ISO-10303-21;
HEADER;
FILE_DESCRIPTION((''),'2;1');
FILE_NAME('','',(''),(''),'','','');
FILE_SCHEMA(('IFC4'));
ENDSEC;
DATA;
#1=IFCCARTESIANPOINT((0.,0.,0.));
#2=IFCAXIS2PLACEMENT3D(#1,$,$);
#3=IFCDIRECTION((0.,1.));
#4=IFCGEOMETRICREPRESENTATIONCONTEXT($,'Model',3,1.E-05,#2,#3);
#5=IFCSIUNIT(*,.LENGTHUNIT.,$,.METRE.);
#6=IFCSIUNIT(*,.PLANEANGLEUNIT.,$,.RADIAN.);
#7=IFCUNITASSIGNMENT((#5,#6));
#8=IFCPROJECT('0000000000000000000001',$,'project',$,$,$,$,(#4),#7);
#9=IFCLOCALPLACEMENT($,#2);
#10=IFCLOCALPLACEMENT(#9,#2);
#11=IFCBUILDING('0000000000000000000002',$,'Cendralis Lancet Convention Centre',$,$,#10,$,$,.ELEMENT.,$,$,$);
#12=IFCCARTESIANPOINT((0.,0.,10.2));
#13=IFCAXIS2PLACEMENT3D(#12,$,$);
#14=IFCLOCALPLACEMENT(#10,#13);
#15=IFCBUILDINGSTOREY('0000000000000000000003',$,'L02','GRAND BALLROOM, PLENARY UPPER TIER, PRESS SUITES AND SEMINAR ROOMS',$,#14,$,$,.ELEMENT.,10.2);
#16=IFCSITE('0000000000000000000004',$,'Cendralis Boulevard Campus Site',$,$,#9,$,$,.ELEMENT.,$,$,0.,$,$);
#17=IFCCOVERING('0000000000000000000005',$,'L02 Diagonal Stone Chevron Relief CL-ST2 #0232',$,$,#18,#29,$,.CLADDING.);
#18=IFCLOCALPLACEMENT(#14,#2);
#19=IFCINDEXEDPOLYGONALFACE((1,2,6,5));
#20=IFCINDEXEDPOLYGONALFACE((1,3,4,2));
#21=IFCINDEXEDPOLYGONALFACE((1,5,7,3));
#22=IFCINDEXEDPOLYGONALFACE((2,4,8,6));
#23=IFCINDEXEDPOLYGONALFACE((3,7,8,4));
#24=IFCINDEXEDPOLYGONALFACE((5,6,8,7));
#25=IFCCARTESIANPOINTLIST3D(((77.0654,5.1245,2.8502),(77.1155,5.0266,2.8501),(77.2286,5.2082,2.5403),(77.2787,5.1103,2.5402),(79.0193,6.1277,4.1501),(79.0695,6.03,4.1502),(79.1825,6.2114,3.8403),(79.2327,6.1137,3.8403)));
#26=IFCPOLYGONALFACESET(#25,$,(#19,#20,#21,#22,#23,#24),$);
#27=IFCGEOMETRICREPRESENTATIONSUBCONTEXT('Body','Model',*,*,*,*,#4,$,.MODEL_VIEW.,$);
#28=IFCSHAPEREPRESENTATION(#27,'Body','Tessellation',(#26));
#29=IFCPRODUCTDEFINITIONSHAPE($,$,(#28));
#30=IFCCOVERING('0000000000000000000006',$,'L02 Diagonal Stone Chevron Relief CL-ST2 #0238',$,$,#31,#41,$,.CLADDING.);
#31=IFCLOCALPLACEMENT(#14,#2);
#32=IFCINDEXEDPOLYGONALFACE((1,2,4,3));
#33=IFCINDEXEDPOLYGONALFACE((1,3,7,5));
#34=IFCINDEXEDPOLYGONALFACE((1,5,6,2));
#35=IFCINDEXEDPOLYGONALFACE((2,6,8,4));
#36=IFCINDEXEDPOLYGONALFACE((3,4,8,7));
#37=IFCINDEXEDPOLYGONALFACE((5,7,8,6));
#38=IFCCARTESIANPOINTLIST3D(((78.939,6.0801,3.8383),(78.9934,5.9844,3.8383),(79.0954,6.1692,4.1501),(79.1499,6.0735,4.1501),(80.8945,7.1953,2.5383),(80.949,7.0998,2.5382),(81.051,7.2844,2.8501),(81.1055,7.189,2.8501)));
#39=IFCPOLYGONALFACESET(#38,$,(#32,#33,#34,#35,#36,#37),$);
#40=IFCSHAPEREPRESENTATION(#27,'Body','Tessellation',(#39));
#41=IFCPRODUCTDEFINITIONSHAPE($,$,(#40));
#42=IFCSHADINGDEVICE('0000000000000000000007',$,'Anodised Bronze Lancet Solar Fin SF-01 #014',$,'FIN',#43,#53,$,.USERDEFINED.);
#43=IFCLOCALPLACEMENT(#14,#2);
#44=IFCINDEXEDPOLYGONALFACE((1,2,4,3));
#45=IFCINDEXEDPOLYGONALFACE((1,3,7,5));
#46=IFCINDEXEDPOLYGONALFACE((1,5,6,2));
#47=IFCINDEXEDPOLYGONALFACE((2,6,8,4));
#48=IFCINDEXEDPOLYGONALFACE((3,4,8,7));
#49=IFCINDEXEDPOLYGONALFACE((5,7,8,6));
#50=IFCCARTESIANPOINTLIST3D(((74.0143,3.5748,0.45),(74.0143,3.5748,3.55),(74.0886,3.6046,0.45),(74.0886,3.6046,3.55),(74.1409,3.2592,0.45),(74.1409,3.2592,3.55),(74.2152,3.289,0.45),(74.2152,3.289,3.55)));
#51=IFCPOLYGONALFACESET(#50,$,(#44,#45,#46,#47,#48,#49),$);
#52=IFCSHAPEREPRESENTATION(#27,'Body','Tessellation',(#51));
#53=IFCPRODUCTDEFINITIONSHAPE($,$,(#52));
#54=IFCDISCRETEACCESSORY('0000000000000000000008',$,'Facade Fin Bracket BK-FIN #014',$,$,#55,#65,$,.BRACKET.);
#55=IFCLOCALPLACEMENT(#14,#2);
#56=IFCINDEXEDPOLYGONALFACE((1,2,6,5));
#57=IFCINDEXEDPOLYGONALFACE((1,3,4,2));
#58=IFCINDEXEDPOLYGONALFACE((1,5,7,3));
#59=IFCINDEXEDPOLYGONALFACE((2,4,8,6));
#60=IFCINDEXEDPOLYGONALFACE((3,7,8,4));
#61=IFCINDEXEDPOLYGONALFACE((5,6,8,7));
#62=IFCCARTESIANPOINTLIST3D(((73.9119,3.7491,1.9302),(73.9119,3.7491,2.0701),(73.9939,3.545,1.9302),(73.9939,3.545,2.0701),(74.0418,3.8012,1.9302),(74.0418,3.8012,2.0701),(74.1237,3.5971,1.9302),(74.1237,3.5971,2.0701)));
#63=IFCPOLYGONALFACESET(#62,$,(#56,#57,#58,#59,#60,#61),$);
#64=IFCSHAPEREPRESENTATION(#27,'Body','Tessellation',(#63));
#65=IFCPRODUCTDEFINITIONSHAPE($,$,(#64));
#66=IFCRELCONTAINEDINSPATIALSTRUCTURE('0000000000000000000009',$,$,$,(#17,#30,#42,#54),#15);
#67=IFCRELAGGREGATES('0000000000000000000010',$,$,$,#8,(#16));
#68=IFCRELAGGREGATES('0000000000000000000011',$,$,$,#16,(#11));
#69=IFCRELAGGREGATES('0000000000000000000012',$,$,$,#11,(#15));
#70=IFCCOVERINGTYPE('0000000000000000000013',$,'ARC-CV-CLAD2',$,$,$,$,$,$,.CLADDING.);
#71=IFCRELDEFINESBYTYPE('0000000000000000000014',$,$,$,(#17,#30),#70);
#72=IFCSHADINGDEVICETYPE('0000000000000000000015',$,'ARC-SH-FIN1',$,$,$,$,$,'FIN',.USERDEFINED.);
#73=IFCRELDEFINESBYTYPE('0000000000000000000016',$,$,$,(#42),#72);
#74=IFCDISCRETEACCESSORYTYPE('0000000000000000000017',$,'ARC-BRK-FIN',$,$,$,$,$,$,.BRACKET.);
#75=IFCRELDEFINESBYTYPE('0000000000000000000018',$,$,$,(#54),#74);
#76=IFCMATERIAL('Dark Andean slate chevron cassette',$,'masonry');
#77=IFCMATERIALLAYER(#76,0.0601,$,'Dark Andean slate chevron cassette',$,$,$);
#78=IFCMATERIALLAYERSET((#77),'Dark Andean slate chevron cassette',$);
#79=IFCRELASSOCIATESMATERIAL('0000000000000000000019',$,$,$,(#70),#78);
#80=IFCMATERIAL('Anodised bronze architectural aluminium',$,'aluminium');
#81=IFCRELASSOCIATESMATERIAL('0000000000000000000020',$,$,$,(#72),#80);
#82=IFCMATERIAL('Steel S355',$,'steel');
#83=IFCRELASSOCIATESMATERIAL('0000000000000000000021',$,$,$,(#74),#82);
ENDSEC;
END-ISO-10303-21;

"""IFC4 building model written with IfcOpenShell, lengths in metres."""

from ifc_helpers import new_model, si_unit, direction, frame, origin, origin_2d, place, context, subcontext, project, spatial, polyline, rectangle, outline, extrude, material, layer, layer_set, type_object, element, save


model = new_model("IFC4")

# Units and contexts
model_context = context("Model", 3, precision=1e-05, world=origin(), true_north=direction((0.0, 1.0)))
body_context = subcontext(model_context, "Body", "Model", "MODEL_VIEW")
ifc_project = project(units=[si_unit("LENGTHUNIT", "METRE"), si_unit("PLANEANGLEUNIT", "RADIAN")], contexts=[model_context])

# Site, building, storey
site_placement = place(None, origin())
site = spatial("IfcSite", under=ifc_project, at=site_placement, Name="Cendralis Boulevard Campus Site", CompositionType="ELEMENT", RefElevation=0.0)
building_placement = place(site_placement, origin())
building = spatial("IfcBuilding", under=site, at=building_placement, Name="Cendralis Lancet Convention Centre", CompositionType="ELEMENT")
storey_placement = place(building_placement, frame((0.0, 0.0, 10.2)))
storey = spatial("IfcBuildingStorey", under=building, at=storey_placement, Name="L02", Description="GRAND BALLROOM, PLENARY UPPER TIER, PRESS SUITES AND SEMINAR ROOMS", CompositionType="ELEMENT", Elevation=10.2)

# Shared definitions
ifc_material_1 = material(Name="Steel S355", Category="steel")

# Shared definitions
ifc_material_2 = material(Name="Dark Andean slate chevron cassette", Category="masonry")

# Coverings
ifc_layer_1 = layer(ifc_material_2, 0.0601, Name="Dark Andean slate chevron cassette")
ifc_layer_set_1 = layer_set([ifc_layer_1], Name="Dark Andean slate chevron cassette")
covering_type_1 = type_object("IfcCoveringType", Name="ARC-CV-CLAD2", PredefinedType="CLADDING", material=ifc_layer_set_1)
covering_1_placement = place(storey_placement, frame((77.1155, 5.0266, 2.8501), z_axis=(-0.453169, -0.232525, 0.860564), x_axis=(0.765535, 0.393097, 0.509343)))
element("IfcCovering", 1, at=covering_1_placement, inside=storey, type_object=covering_type_1, Name="L02 Diagonal Stone Chevron Relief CL-ST2 #0232", PredefinedType="CLADDING", context=body_context, shape_type="SweptSolid", body=[
    extrude(outline(polyline([(0.0, 0.0), (2.5525, 0.0), (2.5524, 0.1098), (0.0002, 0.11), (0.0, 0.0)])), origin(), (0.0, 0.0, -1.0), 0.3601),
])
covering_2_placement = place(storey_placement, frame((79.1499, 6.0735, 4.1501), z_axis=(0.434531, 0.247511, 0.86598), x_axis=(0.75221, 0.42907, -0.500078)))
element("IfcCovering", 2, at=covering_2_placement, inside=storey, type_object=covering_type_1, Name="L02 Diagonal Stone Chevron Relief CL-ST2 #0238", PredefinedType="CLADDING", context=body_context, shape_type="SweptSolid", body=[
    extrude(outline(polyline([(0.0, 0.0), (2.5997, 0.0), (2.5997, 0.1099), (0.0001, 0.1101), (0.0, 0.0)])), origin(), (0.0, 0.0, -1.0), 0.3601),
])

# Shading device
ifc_material_3 = material(Name="Anodised bronze architectural aluminium", Category="aluminium")
shading_device_type = type_object("IfcShadingDeviceType", Name="ARC-SH-FIN1", ElementType="FIN", PredefinedType="USERDEFINED", material=ifc_material_3)
shading_device_placement = place(storey_placement, frame((74.1147, 3.4319, 0.45), z_axis=(0.0, 0.0, 1.0), x_axis=(0.928064, 0.372421, 0.0)))
element("IfcShadingDevice", 3, at=shading_device_placement, inside=storey, type_object=shading_device_type, Name="Anodised Bronze Lancet Solar Fin SF-01 #014", ObjectType="FIN", PredefinedType="USERDEFINED", context=body_context, shape_type="SweptSolid", body=[
    extrude(rectangle(XDim=0.0801, YDim=0.3401, at=origin_2d()), origin(), (0.0, 0.0, 1.0), 3.1001),
])

# Discrete accessory
discrete_accessory_type = type_object("IfcDiscreteAccessoryType", Name="ARC-BRK-FIN", PredefinedType="BRACKET", material=ifc_material_1)
discrete_accessory_placement = place(storey_placement, frame((74.0178, 3.6731, 1.9302), z_axis=(0.0, 0.0, 1.0), x_axis=(0.928064, 0.372421, 0.0)))
element("IfcDiscreteAccessory", 4, at=discrete_accessory_placement, inside=storey, type_object=discrete_accessory_type, Name="Facade Fin Bracket BK-FIN #014", PredefinedType="BRACKET", context=body_context, shape_type="SweptSolid", body=[
    extrude(rectangle(XDim=0.1399, YDim=0.22, at=origin_2d()), origin(), (0.0, 0.0, 1.0), 0.1399),
])

save(model, "model.ifc")
